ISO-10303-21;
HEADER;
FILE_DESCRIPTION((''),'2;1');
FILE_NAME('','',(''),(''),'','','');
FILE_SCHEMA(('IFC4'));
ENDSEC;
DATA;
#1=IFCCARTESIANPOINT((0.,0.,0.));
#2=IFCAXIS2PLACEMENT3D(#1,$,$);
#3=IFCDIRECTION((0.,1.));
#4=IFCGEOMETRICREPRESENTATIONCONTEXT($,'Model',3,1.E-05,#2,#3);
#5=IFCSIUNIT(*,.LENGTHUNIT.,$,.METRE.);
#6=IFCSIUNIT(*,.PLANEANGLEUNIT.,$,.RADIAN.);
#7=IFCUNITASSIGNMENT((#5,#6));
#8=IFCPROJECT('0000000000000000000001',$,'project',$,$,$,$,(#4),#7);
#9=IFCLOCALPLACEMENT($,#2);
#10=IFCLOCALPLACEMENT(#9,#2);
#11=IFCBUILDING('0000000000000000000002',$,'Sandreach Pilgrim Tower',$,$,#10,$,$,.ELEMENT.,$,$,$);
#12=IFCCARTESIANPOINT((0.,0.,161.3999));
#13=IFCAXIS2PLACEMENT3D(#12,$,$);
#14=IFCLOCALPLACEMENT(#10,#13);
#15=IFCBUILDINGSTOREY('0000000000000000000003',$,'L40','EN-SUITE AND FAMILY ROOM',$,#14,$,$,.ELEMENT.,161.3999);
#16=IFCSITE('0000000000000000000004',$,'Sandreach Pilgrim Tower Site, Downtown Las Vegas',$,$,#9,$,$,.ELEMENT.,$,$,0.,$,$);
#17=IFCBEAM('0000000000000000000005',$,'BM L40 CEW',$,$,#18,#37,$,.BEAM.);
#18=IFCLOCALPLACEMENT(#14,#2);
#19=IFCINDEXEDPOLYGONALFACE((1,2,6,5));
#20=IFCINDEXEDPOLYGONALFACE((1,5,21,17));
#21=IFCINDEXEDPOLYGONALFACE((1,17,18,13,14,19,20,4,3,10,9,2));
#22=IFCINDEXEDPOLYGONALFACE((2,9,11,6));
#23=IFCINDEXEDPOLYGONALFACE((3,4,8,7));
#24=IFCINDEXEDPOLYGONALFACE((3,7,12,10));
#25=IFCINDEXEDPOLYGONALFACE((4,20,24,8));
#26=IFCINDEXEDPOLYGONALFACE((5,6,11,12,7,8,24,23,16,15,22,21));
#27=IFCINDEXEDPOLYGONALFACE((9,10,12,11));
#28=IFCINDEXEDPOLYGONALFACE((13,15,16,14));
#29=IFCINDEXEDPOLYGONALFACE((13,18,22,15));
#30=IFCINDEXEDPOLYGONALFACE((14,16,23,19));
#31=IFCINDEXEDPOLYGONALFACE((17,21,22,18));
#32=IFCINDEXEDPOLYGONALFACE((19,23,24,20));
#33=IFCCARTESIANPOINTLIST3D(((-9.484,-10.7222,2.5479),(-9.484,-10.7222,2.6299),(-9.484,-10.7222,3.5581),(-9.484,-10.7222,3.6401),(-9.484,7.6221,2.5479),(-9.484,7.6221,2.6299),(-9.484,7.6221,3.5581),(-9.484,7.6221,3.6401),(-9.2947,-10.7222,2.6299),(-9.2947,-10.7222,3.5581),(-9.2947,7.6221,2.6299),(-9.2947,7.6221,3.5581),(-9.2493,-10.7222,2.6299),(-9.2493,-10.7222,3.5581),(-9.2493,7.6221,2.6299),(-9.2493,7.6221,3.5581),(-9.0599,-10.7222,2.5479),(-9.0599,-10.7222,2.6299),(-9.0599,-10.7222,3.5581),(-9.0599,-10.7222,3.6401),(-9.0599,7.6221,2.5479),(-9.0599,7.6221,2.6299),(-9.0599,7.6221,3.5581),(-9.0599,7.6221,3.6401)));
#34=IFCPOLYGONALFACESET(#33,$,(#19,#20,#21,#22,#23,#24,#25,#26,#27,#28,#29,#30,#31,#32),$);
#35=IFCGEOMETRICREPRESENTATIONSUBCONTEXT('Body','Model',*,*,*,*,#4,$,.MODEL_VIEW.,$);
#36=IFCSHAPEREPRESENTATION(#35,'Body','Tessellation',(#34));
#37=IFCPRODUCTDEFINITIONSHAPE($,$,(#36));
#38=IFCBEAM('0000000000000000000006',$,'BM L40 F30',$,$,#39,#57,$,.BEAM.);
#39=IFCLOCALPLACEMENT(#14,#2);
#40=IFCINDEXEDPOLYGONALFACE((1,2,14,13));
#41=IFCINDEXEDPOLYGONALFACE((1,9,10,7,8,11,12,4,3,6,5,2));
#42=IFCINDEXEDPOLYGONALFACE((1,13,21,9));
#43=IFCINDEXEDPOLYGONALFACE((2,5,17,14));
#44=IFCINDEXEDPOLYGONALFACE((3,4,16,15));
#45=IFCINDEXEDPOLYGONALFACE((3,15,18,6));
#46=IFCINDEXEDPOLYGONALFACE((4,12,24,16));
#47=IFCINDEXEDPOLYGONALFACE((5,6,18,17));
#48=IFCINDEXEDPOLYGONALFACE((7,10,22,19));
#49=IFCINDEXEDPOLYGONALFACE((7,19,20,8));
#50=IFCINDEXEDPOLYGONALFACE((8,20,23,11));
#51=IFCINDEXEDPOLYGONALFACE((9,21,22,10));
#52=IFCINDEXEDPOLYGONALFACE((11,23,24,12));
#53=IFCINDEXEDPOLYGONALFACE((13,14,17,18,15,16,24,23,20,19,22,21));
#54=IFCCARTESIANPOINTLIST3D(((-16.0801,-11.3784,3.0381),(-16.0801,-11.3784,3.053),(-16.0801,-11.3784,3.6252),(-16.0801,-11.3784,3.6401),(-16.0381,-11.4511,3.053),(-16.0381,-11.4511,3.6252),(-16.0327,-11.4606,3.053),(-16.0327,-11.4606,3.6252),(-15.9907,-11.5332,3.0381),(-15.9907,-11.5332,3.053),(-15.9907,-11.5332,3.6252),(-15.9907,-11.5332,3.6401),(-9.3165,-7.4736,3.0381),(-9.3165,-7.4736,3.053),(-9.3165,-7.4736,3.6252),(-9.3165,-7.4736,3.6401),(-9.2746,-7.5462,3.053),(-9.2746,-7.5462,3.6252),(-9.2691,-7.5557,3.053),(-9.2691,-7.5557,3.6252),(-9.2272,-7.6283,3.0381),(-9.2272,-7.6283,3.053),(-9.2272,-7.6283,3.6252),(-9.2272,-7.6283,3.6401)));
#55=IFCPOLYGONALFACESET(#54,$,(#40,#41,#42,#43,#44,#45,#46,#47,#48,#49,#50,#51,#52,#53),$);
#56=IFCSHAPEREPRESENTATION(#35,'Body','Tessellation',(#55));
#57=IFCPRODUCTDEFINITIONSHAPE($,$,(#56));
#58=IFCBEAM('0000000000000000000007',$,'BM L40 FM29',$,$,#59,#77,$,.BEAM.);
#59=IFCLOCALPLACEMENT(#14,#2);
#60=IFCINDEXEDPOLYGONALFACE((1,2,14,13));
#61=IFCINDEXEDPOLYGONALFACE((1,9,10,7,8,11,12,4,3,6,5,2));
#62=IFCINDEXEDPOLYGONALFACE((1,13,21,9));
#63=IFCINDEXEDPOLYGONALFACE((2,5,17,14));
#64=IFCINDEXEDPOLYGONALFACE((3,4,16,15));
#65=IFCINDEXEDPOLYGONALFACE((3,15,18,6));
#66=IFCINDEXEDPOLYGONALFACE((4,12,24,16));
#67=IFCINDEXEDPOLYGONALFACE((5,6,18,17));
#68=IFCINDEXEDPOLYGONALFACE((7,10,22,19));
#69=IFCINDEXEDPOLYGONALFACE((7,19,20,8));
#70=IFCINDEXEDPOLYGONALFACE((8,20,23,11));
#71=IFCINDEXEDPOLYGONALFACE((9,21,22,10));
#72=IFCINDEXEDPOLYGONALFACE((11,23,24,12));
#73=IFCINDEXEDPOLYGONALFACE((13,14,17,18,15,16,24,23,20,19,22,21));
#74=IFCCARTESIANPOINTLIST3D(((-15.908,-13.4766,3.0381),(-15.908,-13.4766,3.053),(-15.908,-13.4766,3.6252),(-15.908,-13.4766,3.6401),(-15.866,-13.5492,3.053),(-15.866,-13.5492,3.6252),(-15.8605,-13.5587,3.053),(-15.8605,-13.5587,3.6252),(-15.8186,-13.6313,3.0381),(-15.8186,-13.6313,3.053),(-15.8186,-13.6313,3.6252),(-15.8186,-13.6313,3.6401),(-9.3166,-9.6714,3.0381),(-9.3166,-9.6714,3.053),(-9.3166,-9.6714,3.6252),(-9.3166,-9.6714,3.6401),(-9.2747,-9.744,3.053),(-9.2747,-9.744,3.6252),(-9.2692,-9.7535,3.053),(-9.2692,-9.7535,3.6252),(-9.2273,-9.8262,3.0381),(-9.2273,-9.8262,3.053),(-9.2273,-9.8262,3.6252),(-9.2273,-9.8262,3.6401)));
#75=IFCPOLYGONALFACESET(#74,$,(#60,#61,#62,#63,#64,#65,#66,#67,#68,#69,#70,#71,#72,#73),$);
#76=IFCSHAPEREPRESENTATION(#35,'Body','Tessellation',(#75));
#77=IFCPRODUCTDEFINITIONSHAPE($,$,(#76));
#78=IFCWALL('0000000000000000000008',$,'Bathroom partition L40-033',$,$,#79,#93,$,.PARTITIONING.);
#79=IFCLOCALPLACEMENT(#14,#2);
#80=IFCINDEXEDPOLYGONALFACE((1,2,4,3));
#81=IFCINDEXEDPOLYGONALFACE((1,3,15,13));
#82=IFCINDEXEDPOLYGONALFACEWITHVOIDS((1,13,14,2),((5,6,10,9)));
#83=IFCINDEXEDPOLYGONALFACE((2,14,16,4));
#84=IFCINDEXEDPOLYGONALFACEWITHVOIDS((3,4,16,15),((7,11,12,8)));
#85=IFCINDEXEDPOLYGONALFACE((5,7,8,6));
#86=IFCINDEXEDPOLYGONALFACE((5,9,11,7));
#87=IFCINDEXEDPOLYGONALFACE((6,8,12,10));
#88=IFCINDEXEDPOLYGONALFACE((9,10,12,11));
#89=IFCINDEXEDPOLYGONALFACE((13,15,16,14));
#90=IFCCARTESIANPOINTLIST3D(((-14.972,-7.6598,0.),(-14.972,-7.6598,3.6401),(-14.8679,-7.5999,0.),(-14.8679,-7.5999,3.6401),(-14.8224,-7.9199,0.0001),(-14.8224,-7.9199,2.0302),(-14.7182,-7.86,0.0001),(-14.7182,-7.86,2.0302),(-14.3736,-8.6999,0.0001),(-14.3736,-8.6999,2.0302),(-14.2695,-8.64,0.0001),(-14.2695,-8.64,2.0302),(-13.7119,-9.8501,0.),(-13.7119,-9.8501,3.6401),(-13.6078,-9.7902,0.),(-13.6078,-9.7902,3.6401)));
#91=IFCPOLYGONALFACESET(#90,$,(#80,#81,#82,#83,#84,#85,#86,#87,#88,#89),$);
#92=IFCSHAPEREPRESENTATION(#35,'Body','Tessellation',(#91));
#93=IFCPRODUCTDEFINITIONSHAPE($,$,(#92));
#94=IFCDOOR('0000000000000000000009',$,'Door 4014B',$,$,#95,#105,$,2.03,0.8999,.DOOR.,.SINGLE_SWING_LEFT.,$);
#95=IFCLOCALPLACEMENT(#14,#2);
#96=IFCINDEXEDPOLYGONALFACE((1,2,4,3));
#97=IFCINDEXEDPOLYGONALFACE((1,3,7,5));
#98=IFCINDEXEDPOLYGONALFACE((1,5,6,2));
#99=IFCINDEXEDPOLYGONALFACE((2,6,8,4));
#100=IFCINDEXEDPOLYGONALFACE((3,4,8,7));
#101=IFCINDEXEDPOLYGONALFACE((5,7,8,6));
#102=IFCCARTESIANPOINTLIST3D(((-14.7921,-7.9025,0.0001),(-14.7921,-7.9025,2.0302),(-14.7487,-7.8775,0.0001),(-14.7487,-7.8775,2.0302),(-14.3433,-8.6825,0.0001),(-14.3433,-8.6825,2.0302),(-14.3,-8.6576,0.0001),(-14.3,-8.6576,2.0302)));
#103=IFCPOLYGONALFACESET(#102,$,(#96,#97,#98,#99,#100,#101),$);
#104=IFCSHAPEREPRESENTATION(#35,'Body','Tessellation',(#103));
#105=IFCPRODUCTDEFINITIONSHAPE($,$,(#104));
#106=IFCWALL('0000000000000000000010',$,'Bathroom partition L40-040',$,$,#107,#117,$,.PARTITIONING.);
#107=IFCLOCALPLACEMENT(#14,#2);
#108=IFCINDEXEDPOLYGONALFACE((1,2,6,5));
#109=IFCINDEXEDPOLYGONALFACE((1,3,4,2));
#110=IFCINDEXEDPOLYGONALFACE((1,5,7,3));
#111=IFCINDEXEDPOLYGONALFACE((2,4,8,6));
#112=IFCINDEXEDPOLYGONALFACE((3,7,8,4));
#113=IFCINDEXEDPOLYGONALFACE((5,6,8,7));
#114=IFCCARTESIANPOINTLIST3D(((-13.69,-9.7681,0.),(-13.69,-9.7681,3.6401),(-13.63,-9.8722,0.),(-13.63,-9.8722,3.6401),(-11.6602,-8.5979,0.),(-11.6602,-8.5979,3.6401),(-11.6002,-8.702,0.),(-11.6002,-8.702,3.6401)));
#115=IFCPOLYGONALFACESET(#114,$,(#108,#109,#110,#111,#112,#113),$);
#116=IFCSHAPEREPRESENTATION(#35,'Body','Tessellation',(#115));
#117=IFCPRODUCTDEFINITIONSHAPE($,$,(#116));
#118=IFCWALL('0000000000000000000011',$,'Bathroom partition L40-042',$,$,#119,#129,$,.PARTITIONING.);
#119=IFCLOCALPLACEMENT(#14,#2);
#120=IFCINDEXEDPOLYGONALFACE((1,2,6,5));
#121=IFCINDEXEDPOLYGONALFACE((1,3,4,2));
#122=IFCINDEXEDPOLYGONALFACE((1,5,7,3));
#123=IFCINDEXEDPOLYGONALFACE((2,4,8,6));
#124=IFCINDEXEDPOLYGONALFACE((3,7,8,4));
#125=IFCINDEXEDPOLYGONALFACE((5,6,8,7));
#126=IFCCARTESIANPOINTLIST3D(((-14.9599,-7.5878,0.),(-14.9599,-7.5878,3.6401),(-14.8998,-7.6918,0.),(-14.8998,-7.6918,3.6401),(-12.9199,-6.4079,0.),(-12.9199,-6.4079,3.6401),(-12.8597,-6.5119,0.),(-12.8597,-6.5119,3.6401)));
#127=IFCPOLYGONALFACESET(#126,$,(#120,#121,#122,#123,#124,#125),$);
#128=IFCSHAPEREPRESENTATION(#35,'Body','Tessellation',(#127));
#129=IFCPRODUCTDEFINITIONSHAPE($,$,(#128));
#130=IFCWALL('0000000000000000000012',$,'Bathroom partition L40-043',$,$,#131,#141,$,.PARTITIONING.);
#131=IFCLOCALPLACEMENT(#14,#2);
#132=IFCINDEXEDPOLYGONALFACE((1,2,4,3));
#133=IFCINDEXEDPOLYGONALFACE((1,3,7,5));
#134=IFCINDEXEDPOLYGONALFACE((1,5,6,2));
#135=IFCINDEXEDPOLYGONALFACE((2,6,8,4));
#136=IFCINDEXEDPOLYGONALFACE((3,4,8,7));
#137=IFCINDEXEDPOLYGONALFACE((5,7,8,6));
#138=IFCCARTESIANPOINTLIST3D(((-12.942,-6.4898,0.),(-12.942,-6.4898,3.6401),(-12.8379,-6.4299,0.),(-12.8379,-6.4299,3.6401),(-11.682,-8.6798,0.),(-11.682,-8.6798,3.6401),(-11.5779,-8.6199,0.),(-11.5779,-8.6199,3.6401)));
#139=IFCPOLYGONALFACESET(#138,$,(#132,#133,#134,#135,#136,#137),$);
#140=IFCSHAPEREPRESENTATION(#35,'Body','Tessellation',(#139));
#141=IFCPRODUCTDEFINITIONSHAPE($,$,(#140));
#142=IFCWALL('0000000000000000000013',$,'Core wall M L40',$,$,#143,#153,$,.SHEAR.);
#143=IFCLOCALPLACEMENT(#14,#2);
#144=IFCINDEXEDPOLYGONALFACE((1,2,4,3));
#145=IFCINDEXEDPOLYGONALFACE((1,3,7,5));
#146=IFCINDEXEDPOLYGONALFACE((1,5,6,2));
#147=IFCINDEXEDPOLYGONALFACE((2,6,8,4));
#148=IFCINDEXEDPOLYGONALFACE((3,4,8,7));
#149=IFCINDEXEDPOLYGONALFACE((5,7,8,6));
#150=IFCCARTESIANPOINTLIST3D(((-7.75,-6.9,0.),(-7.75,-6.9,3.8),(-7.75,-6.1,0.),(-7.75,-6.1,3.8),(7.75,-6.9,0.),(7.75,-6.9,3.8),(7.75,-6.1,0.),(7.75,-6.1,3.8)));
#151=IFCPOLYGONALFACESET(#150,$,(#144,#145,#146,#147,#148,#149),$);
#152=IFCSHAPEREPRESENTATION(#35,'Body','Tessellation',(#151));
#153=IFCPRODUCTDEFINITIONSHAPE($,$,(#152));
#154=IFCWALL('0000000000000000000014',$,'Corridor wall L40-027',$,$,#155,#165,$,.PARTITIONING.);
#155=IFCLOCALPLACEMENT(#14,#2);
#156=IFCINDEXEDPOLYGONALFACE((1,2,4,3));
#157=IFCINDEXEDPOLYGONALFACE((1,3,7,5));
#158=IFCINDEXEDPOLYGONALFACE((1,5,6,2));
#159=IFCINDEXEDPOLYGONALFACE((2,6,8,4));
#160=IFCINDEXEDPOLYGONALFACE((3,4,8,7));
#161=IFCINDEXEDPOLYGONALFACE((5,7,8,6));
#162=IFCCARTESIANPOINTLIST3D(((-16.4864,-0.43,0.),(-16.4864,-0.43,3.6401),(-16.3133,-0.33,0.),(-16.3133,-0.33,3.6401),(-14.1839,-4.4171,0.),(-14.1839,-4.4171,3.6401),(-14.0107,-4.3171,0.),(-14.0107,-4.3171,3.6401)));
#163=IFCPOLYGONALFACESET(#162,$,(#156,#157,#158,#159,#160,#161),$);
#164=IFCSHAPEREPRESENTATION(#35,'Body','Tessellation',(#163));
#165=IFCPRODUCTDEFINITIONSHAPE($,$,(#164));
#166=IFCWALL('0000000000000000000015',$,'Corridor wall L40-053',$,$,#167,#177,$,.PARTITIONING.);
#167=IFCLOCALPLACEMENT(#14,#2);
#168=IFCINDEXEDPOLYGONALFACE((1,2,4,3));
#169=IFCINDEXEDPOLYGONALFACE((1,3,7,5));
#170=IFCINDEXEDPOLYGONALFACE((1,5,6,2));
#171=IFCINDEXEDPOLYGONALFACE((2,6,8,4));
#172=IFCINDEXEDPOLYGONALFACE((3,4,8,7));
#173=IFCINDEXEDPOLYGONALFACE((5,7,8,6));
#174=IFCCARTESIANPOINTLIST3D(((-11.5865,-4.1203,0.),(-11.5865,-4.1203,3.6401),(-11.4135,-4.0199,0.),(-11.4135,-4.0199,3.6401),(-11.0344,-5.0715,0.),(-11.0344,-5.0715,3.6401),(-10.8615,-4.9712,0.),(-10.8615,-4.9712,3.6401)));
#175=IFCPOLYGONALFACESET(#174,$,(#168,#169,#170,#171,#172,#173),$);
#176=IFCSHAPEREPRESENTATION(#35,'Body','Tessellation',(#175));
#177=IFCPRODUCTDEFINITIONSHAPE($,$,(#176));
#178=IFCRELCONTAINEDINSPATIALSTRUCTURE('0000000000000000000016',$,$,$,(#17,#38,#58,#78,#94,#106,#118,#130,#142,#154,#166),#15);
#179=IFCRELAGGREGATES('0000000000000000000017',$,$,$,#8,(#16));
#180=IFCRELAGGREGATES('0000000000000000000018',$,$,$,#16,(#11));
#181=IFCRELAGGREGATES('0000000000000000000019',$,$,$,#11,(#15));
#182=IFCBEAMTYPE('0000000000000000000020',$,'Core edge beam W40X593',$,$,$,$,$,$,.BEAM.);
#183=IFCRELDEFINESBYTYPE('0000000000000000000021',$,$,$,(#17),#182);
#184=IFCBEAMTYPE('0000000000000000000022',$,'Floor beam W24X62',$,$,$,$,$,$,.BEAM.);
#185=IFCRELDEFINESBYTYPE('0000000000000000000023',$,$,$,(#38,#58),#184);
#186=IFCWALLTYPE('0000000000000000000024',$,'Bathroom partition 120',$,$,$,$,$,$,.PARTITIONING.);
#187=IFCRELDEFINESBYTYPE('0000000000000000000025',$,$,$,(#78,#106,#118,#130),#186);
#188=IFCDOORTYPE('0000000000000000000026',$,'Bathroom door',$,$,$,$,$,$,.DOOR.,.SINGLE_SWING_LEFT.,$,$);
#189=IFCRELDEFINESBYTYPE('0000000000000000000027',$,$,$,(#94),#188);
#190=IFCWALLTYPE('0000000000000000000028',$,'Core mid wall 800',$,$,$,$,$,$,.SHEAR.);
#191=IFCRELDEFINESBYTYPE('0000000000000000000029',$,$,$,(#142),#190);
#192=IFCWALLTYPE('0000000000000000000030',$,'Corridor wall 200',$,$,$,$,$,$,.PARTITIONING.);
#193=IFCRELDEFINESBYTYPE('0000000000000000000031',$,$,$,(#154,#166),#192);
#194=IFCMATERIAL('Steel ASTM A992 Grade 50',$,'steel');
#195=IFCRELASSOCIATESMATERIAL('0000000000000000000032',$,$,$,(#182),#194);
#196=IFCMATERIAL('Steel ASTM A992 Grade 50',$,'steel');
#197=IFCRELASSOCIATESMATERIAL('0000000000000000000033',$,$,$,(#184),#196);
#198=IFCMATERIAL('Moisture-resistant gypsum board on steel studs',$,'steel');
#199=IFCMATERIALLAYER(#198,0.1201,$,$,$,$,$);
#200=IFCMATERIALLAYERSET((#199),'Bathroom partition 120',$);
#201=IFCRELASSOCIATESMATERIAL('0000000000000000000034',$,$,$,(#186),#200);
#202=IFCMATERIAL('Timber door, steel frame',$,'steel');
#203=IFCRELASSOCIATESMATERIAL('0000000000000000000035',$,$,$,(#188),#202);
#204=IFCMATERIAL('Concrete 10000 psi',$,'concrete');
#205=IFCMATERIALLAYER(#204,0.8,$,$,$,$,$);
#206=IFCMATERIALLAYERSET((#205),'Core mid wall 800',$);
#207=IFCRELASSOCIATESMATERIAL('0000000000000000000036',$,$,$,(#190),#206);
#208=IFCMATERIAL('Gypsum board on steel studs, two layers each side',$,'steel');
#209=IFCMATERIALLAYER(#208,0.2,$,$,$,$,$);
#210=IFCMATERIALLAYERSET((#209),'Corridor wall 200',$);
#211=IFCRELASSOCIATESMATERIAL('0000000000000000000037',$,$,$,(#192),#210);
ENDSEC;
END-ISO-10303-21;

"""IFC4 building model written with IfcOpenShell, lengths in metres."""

from ifc_helpers import new_model, si_unit, direction, frame, frame_2d, origin, origin_2d, place, context, subcontext, project, spatial, rectangle, i_section, extrude, material, layer, layer_set, material_profile, profile_set, type_object, element, fill, save


model = new_model("IFC4")

# Units and contexts
model_context = context("Model", 3, precision=1e-05, world=origin(), true_north=direction((0.0, 1.0)))
body_context = subcontext(model_context, "Body", "Model", "MODEL_VIEW")
ifc_project = project(units=[si_unit("LENGTHUNIT", "METRE"), si_unit("PLANEANGLEUNIT", "RADIAN")], contexts=[model_context])

# Site, building, storey
site_placement = place(None, origin())
site = spatial("IfcSite", under=ifc_project, at=site_placement, Name="Sandreach Pilgrim Tower Site, Downtown Las Vegas", CompositionType="ELEMENT", RefElevation=0.0)
building_placement = place(site_placement, origin())
building = spatial("IfcBuilding", under=site, at=building_placement, Name="Sandreach Pilgrim Tower", CompositionType="ELEMENT")
storey_placement = place(building_placement, frame((0.0, 0.0, 161.3999)))
storey = spatial("IfcBuildingStorey", under=building, at=storey_placement, Name="L40", Description="EN-SUITE AND FAMILY ROOM", CompositionType="ELEMENT", Elevation=161.3999)

# Beams
ifc_material_1 = material(Name="Steel ASTM A992 Grade 50", Category="steel")
ifc_material_profile_1 = material_profile(ifc_material_1, i_section(OverallWidth=0.4241, OverallDepth=1.0923, WebThickness=0.0454, FlangeThickness=0.082, at=origin_2d()), Name="W40X593")
ifc_profile_set_1 = profile_set([ifc_material_profile_1], Name="Steel ASTM A992 Grade 50")
beam_type_1 = type_object("IfcBeamType", Name="Core edge beam W40X593", PredefinedType="BEAM", material=ifc_profile_set_1)
beam_1_placement = place(storey_placement, frame((-9.272, -10.7222, 3.094), z_axis=(0.0, 1.0, 0.0), x_axis=(-1.0, 0.0, 0.0)))
element("IfcBeam", 1, at=beam_1_placement, inside=storey, type_object=beam_type_1, Name="BM L40 CEW", PredefinedType="BEAM", context=body_context, shape_type="SweptSolid", body=[
    extrude(i_section(OverallWidth=0.4241, OverallDepth=1.0923, WebThickness=0.0454, FlangeThickness=0.082, at=origin_2d()), origin(), (0.0, 0.0, 1.0), 18.3442),
])
ifc_material_2 = material(Name="Steel ASTM A992 Grade 50", Category="steel")
ifc_material_profile_2 = material_profile(ifc_material_2, i_section(OverallWidth=0.1787, OverallDepth=0.6021, WebThickness=0.011, FlangeThickness=0.0149, at=origin_2d()), Name="W24X62")
ifc_profile_set_2 = profile_set([ifc_material_profile_2], Name="Steel ASTM A992 Grade 50")
beam_type_2 = type_object("IfcBeamType", Name="Floor beam W24X62", PredefinedType="BEAM", material=ifc_profile_set_2)
beam_2_placement = place(storey_placement, frame((-16.0354, -11.4558, 3.3391), z_axis=(0.86603, 0.499992, 0.0), x_axis=(-0.499992, 0.86603, 0.0)))
element("IfcBeam", 2, at=beam_2_placement, inside=storey, type_object=beam_type_2, Name="BM L40 F30", PredefinedType="BEAM", context=body_context, shape_type="SweptSolid", body=[
    extrude(i_section(OverallWidth=0.1787, OverallDepth=0.6021, WebThickness=0.011, FlangeThickness=0.0149, at=origin_2d()), origin(), (0.0, 0.0, 1.0), 7.8098),
])
beam_3_placement = place(storey_placement, frame((-15.8633, -13.554, 3.3391), z_axis=(0.866043, 0.499969, 0.0), x_axis=(-0.499969, 0.866043, 0.0)))
element("IfcBeam", 3, at=beam_3_placement, inside=storey, type_object=beam_type_2, Name="BM L40 FM29", PredefinedType="BEAM", context=body_context, shape_type="SweptSolid", body=[
    extrude(i_section(OverallWidth=0.1787, OverallDepth=0.6021, WebThickness=0.011, FlangeThickness=0.0149, at=origin_2d()), origin(), (0.0, 0.0, 1.0), 7.6108),
])

# Wall, opening, door
ifc_material_3 = material(Name="Moisture-resistant gypsum board on steel studs", Category="steel")
ifc_layer_1 = layer(ifc_material_3, 0.1201)
ifc_layer_set_1 = layer_set([ifc_layer_1], Name="Bathroom partition 120")
wall_type_1 = type_object("IfcWallType", Name="Bathroom partition 120", PredefinedType="PARTITIONING", material=ifc_layer_set_1)
wall_1_placement = place(storey_placement, frame((-14.9199, -7.6299, 0.0), z_axis=(0.0, 0.0, 1.0), x_axis=(0.498665, -0.866795, 0.0)))
wall_1 = element("IfcWall", 4, at=wall_1_placement, inside=storey, type_object=wall_type_1, Name="Bathroom partition L40-033", PredefinedType="PARTITIONING", context=body_context, shape_type="SweptSolid", body=[
    extrude(rectangle(XDim=2.5269, YDim=0.1201, at=frame_2d((1.2634, 0.0))), origin(), (0.0, 0.0, 1.0), 3.6401),
])
opening_1_placement = place(wall_1_placement, frame((0.3, 0.0, 0.0)))
opening_1 = element("IfcOpeningElement", 5, at=opening_1_placement, cuts=wall_1, PredefinedType="OPENING", context=body_context, shape_type="SweptSolid", body=[
    extrude(rectangle(XDim=0.8999, YDim=2.03, at=frame_2d((0.45, 1.0151))), frame((0.0, 0.0601, 0.0), z_axis=(0.0, -1.0, 0.0), x_axis=(1.0, 0.0, 0.0)), (0.0, 0.0, 1.0), 0.1201),
])
ifc_material_4 = material(Name="Timber door, steel frame", Category="steel")
door_type_1 = type_object("IfcDoorType", Name="Bathroom door", OperationType="SINGLE_SWING_LEFT", PredefinedType="DOOR", material=ifc_material_4)
door_1_placement = place(opening_1_placement, origin())
door_1 = element("IfcDoor", 6, at=door_1_placement, inside=storey, type_object=door_type_1, Name="Door 4014B", OperationType="SINGLE_SWING_LEFT", OverallHeight=2.03, OverallWidth=0.8999, PredefinedType="DOOR", context=body_context, shape_type="SweptSolid", body=[
    extrude(rectangle(XDim=0.8999, YDim=2.03, at=frame_2d((0.45, 1.0151))), frame((0.0, 0.0249, 0.0), z_axis=(0.0, -1.0, 0.0), x_axis=(1.0, 0.0, 0.0)), (0.0, 0.0, 1.0), 0.05),
])
fill(opening_1, door_1)

# Walls
wall_2_placement = place(storey_placement, frame((-13.6599, -9.8201, 0.0), z_axis=(0.0, 0.0, 1.0), x_axis=(0.866345, 0.499446, 0.0)))
element("IfcWall", 7, at=wall_2_placement, inside=storey, type_object=wall_type_1, Name="Bathroom partition L40-040", PredefinedType="PARTITIONING", context=body_context, shape_type="SweptSolid", body=[
    extrude(rectangle(XDim=2.343, YDim=0.1201, at=frame_2d((1.1714, 0.0))), origin(), (0.0, 0.0, 1.0), 3.6401),
])
wall_3_placement = place(storey_placement, frame((-12.8899, -6.46, 0.0), z_axis=(0.0, 0.0, 1.0), x_axis=(-0.865637, -0.500673, 0.0)))
element("IfcWall", 8, at=wall_3_placement, inside=storey, type_object=wall_type_1, Name="Bathroom partition L40-042", PredefinedType="PARTITIONING", context=body_context, shape_type="SweptSolid", body=[
    extrude(rectangle(XDim=2.3567, YDim=0.1201, at=frame_2d((1.1782, 0.0))), origin(), (0.0, 0.0, 1.0), 3.6401),
])
wall_4_placement = place(storey_placement, frame((-12.8899, -6.46, 0.0), z_axis=(0.0, 0.0, 1.0), x_axis=(0.498707, -0.866771, 0.0)))
element("IfcWall", 9, at=wall_4_placement, inside=storey, type_object=wall_type_1, Name="Bathroom partition L40-043", PredefinedType="PARTITIONING", context=body_context, shape_type="SweptSolid", body=[
    extrude(rectangle(XDim=2.5266, YDim=0.1201, at=frame_2d((1.2632, 0.0))), origin(), (0.0, 0.0, 1.0), 3.6401),
])
ifc_material_5 = material(Name="Concrete 10000 psi", Category="concrete")
ifc_layer_2 = layer(ifc_material_5, 0.8)
ifc_layer_set_2 = layer_set([ifc_layer_2], Name="Core mid wall 800")
wall_type_2 = type_object("IfcWallType", Name="Core mid wall 800", PredefinedType="SHEAR", material=ifc_layer_set_2)
wall_5_placement = place(storey_placement, frame((-7.75, -6.5, 0.0), z_axis=(0.0, 0.0, 1.0), x_axis=(1.0, 0.0, 0.0)))
element("IfcWall", 10, at=wall_5_placement, inside=storey, type_object=wall_type_2, Name="Core wall M L40", PredefinedType="SHEAR", context=body_context, shape_type="SweptSolid", body=[
    extrude(rectangle(XDim=15.5, YDim=0.8, at=frame_2d((7.75, 0.0))), origin(), (0.0, 0.0, 1.0), 3.8),
])

# Wall
ifc_material_6 = material(Name="Gypsum board on steel studs, two layers each side", Category="steel")
ifc_layer_3 = layer(ifc_material_6, 0.2)
ifc_layer_set_3 = layer_set([ifc_layer_3], Name="Corridor wall 200")
wall_type_3 = type_object("IfcWallType", Name="Corridor wall 200", PredefinedType="PARTITIONING", material=ifc_layer_set_3)
wall_6_placement = place(storey_placement, frame((-16.3999, -0.3799, 0.0), z_axis=(0.0, 0.0, 1.0), x_axis=(0.500091, -0.865973, 0.0)))
element("IfcWall", 11, at=wall_6_placement, inside=storey, type_object=wall_type_3, Name="Corridor wall L40-027", PredefinedType="PARTITIONING", context=body_context, shape_type="SweptSolid", body=[
    extrude(rectangle(XDim=4.6042, YDim=0.2, at=frame_2d((2.3022, 0.0))), origin(), (0.0, 0.0, 1.0), 3.6401),
])

# Wall
wall_7_placement = place(storey_placement, frame((-10.948, -5.0212, 0.0), z_axis=(0.0, 0.0, 1.0), x_axis=(-0.501937, 0.864904, 0.0)))
element("IfcWall", 12, at=wall_7_placement, inside=storey, type_object=wall_type_3, Name="Corridor wall L40-053", PredefinedType="PARTITIONING", context=body_context, shape_type="SweptSolid", body=[
    extrude(rectangle(XDim=1.0999, YDim=0.2, at=frame_2d((0.5498, 0.0))), origin(), (0.0, 0.0, 1.0), 3.6401),
])

save(model, "model.ifc")
